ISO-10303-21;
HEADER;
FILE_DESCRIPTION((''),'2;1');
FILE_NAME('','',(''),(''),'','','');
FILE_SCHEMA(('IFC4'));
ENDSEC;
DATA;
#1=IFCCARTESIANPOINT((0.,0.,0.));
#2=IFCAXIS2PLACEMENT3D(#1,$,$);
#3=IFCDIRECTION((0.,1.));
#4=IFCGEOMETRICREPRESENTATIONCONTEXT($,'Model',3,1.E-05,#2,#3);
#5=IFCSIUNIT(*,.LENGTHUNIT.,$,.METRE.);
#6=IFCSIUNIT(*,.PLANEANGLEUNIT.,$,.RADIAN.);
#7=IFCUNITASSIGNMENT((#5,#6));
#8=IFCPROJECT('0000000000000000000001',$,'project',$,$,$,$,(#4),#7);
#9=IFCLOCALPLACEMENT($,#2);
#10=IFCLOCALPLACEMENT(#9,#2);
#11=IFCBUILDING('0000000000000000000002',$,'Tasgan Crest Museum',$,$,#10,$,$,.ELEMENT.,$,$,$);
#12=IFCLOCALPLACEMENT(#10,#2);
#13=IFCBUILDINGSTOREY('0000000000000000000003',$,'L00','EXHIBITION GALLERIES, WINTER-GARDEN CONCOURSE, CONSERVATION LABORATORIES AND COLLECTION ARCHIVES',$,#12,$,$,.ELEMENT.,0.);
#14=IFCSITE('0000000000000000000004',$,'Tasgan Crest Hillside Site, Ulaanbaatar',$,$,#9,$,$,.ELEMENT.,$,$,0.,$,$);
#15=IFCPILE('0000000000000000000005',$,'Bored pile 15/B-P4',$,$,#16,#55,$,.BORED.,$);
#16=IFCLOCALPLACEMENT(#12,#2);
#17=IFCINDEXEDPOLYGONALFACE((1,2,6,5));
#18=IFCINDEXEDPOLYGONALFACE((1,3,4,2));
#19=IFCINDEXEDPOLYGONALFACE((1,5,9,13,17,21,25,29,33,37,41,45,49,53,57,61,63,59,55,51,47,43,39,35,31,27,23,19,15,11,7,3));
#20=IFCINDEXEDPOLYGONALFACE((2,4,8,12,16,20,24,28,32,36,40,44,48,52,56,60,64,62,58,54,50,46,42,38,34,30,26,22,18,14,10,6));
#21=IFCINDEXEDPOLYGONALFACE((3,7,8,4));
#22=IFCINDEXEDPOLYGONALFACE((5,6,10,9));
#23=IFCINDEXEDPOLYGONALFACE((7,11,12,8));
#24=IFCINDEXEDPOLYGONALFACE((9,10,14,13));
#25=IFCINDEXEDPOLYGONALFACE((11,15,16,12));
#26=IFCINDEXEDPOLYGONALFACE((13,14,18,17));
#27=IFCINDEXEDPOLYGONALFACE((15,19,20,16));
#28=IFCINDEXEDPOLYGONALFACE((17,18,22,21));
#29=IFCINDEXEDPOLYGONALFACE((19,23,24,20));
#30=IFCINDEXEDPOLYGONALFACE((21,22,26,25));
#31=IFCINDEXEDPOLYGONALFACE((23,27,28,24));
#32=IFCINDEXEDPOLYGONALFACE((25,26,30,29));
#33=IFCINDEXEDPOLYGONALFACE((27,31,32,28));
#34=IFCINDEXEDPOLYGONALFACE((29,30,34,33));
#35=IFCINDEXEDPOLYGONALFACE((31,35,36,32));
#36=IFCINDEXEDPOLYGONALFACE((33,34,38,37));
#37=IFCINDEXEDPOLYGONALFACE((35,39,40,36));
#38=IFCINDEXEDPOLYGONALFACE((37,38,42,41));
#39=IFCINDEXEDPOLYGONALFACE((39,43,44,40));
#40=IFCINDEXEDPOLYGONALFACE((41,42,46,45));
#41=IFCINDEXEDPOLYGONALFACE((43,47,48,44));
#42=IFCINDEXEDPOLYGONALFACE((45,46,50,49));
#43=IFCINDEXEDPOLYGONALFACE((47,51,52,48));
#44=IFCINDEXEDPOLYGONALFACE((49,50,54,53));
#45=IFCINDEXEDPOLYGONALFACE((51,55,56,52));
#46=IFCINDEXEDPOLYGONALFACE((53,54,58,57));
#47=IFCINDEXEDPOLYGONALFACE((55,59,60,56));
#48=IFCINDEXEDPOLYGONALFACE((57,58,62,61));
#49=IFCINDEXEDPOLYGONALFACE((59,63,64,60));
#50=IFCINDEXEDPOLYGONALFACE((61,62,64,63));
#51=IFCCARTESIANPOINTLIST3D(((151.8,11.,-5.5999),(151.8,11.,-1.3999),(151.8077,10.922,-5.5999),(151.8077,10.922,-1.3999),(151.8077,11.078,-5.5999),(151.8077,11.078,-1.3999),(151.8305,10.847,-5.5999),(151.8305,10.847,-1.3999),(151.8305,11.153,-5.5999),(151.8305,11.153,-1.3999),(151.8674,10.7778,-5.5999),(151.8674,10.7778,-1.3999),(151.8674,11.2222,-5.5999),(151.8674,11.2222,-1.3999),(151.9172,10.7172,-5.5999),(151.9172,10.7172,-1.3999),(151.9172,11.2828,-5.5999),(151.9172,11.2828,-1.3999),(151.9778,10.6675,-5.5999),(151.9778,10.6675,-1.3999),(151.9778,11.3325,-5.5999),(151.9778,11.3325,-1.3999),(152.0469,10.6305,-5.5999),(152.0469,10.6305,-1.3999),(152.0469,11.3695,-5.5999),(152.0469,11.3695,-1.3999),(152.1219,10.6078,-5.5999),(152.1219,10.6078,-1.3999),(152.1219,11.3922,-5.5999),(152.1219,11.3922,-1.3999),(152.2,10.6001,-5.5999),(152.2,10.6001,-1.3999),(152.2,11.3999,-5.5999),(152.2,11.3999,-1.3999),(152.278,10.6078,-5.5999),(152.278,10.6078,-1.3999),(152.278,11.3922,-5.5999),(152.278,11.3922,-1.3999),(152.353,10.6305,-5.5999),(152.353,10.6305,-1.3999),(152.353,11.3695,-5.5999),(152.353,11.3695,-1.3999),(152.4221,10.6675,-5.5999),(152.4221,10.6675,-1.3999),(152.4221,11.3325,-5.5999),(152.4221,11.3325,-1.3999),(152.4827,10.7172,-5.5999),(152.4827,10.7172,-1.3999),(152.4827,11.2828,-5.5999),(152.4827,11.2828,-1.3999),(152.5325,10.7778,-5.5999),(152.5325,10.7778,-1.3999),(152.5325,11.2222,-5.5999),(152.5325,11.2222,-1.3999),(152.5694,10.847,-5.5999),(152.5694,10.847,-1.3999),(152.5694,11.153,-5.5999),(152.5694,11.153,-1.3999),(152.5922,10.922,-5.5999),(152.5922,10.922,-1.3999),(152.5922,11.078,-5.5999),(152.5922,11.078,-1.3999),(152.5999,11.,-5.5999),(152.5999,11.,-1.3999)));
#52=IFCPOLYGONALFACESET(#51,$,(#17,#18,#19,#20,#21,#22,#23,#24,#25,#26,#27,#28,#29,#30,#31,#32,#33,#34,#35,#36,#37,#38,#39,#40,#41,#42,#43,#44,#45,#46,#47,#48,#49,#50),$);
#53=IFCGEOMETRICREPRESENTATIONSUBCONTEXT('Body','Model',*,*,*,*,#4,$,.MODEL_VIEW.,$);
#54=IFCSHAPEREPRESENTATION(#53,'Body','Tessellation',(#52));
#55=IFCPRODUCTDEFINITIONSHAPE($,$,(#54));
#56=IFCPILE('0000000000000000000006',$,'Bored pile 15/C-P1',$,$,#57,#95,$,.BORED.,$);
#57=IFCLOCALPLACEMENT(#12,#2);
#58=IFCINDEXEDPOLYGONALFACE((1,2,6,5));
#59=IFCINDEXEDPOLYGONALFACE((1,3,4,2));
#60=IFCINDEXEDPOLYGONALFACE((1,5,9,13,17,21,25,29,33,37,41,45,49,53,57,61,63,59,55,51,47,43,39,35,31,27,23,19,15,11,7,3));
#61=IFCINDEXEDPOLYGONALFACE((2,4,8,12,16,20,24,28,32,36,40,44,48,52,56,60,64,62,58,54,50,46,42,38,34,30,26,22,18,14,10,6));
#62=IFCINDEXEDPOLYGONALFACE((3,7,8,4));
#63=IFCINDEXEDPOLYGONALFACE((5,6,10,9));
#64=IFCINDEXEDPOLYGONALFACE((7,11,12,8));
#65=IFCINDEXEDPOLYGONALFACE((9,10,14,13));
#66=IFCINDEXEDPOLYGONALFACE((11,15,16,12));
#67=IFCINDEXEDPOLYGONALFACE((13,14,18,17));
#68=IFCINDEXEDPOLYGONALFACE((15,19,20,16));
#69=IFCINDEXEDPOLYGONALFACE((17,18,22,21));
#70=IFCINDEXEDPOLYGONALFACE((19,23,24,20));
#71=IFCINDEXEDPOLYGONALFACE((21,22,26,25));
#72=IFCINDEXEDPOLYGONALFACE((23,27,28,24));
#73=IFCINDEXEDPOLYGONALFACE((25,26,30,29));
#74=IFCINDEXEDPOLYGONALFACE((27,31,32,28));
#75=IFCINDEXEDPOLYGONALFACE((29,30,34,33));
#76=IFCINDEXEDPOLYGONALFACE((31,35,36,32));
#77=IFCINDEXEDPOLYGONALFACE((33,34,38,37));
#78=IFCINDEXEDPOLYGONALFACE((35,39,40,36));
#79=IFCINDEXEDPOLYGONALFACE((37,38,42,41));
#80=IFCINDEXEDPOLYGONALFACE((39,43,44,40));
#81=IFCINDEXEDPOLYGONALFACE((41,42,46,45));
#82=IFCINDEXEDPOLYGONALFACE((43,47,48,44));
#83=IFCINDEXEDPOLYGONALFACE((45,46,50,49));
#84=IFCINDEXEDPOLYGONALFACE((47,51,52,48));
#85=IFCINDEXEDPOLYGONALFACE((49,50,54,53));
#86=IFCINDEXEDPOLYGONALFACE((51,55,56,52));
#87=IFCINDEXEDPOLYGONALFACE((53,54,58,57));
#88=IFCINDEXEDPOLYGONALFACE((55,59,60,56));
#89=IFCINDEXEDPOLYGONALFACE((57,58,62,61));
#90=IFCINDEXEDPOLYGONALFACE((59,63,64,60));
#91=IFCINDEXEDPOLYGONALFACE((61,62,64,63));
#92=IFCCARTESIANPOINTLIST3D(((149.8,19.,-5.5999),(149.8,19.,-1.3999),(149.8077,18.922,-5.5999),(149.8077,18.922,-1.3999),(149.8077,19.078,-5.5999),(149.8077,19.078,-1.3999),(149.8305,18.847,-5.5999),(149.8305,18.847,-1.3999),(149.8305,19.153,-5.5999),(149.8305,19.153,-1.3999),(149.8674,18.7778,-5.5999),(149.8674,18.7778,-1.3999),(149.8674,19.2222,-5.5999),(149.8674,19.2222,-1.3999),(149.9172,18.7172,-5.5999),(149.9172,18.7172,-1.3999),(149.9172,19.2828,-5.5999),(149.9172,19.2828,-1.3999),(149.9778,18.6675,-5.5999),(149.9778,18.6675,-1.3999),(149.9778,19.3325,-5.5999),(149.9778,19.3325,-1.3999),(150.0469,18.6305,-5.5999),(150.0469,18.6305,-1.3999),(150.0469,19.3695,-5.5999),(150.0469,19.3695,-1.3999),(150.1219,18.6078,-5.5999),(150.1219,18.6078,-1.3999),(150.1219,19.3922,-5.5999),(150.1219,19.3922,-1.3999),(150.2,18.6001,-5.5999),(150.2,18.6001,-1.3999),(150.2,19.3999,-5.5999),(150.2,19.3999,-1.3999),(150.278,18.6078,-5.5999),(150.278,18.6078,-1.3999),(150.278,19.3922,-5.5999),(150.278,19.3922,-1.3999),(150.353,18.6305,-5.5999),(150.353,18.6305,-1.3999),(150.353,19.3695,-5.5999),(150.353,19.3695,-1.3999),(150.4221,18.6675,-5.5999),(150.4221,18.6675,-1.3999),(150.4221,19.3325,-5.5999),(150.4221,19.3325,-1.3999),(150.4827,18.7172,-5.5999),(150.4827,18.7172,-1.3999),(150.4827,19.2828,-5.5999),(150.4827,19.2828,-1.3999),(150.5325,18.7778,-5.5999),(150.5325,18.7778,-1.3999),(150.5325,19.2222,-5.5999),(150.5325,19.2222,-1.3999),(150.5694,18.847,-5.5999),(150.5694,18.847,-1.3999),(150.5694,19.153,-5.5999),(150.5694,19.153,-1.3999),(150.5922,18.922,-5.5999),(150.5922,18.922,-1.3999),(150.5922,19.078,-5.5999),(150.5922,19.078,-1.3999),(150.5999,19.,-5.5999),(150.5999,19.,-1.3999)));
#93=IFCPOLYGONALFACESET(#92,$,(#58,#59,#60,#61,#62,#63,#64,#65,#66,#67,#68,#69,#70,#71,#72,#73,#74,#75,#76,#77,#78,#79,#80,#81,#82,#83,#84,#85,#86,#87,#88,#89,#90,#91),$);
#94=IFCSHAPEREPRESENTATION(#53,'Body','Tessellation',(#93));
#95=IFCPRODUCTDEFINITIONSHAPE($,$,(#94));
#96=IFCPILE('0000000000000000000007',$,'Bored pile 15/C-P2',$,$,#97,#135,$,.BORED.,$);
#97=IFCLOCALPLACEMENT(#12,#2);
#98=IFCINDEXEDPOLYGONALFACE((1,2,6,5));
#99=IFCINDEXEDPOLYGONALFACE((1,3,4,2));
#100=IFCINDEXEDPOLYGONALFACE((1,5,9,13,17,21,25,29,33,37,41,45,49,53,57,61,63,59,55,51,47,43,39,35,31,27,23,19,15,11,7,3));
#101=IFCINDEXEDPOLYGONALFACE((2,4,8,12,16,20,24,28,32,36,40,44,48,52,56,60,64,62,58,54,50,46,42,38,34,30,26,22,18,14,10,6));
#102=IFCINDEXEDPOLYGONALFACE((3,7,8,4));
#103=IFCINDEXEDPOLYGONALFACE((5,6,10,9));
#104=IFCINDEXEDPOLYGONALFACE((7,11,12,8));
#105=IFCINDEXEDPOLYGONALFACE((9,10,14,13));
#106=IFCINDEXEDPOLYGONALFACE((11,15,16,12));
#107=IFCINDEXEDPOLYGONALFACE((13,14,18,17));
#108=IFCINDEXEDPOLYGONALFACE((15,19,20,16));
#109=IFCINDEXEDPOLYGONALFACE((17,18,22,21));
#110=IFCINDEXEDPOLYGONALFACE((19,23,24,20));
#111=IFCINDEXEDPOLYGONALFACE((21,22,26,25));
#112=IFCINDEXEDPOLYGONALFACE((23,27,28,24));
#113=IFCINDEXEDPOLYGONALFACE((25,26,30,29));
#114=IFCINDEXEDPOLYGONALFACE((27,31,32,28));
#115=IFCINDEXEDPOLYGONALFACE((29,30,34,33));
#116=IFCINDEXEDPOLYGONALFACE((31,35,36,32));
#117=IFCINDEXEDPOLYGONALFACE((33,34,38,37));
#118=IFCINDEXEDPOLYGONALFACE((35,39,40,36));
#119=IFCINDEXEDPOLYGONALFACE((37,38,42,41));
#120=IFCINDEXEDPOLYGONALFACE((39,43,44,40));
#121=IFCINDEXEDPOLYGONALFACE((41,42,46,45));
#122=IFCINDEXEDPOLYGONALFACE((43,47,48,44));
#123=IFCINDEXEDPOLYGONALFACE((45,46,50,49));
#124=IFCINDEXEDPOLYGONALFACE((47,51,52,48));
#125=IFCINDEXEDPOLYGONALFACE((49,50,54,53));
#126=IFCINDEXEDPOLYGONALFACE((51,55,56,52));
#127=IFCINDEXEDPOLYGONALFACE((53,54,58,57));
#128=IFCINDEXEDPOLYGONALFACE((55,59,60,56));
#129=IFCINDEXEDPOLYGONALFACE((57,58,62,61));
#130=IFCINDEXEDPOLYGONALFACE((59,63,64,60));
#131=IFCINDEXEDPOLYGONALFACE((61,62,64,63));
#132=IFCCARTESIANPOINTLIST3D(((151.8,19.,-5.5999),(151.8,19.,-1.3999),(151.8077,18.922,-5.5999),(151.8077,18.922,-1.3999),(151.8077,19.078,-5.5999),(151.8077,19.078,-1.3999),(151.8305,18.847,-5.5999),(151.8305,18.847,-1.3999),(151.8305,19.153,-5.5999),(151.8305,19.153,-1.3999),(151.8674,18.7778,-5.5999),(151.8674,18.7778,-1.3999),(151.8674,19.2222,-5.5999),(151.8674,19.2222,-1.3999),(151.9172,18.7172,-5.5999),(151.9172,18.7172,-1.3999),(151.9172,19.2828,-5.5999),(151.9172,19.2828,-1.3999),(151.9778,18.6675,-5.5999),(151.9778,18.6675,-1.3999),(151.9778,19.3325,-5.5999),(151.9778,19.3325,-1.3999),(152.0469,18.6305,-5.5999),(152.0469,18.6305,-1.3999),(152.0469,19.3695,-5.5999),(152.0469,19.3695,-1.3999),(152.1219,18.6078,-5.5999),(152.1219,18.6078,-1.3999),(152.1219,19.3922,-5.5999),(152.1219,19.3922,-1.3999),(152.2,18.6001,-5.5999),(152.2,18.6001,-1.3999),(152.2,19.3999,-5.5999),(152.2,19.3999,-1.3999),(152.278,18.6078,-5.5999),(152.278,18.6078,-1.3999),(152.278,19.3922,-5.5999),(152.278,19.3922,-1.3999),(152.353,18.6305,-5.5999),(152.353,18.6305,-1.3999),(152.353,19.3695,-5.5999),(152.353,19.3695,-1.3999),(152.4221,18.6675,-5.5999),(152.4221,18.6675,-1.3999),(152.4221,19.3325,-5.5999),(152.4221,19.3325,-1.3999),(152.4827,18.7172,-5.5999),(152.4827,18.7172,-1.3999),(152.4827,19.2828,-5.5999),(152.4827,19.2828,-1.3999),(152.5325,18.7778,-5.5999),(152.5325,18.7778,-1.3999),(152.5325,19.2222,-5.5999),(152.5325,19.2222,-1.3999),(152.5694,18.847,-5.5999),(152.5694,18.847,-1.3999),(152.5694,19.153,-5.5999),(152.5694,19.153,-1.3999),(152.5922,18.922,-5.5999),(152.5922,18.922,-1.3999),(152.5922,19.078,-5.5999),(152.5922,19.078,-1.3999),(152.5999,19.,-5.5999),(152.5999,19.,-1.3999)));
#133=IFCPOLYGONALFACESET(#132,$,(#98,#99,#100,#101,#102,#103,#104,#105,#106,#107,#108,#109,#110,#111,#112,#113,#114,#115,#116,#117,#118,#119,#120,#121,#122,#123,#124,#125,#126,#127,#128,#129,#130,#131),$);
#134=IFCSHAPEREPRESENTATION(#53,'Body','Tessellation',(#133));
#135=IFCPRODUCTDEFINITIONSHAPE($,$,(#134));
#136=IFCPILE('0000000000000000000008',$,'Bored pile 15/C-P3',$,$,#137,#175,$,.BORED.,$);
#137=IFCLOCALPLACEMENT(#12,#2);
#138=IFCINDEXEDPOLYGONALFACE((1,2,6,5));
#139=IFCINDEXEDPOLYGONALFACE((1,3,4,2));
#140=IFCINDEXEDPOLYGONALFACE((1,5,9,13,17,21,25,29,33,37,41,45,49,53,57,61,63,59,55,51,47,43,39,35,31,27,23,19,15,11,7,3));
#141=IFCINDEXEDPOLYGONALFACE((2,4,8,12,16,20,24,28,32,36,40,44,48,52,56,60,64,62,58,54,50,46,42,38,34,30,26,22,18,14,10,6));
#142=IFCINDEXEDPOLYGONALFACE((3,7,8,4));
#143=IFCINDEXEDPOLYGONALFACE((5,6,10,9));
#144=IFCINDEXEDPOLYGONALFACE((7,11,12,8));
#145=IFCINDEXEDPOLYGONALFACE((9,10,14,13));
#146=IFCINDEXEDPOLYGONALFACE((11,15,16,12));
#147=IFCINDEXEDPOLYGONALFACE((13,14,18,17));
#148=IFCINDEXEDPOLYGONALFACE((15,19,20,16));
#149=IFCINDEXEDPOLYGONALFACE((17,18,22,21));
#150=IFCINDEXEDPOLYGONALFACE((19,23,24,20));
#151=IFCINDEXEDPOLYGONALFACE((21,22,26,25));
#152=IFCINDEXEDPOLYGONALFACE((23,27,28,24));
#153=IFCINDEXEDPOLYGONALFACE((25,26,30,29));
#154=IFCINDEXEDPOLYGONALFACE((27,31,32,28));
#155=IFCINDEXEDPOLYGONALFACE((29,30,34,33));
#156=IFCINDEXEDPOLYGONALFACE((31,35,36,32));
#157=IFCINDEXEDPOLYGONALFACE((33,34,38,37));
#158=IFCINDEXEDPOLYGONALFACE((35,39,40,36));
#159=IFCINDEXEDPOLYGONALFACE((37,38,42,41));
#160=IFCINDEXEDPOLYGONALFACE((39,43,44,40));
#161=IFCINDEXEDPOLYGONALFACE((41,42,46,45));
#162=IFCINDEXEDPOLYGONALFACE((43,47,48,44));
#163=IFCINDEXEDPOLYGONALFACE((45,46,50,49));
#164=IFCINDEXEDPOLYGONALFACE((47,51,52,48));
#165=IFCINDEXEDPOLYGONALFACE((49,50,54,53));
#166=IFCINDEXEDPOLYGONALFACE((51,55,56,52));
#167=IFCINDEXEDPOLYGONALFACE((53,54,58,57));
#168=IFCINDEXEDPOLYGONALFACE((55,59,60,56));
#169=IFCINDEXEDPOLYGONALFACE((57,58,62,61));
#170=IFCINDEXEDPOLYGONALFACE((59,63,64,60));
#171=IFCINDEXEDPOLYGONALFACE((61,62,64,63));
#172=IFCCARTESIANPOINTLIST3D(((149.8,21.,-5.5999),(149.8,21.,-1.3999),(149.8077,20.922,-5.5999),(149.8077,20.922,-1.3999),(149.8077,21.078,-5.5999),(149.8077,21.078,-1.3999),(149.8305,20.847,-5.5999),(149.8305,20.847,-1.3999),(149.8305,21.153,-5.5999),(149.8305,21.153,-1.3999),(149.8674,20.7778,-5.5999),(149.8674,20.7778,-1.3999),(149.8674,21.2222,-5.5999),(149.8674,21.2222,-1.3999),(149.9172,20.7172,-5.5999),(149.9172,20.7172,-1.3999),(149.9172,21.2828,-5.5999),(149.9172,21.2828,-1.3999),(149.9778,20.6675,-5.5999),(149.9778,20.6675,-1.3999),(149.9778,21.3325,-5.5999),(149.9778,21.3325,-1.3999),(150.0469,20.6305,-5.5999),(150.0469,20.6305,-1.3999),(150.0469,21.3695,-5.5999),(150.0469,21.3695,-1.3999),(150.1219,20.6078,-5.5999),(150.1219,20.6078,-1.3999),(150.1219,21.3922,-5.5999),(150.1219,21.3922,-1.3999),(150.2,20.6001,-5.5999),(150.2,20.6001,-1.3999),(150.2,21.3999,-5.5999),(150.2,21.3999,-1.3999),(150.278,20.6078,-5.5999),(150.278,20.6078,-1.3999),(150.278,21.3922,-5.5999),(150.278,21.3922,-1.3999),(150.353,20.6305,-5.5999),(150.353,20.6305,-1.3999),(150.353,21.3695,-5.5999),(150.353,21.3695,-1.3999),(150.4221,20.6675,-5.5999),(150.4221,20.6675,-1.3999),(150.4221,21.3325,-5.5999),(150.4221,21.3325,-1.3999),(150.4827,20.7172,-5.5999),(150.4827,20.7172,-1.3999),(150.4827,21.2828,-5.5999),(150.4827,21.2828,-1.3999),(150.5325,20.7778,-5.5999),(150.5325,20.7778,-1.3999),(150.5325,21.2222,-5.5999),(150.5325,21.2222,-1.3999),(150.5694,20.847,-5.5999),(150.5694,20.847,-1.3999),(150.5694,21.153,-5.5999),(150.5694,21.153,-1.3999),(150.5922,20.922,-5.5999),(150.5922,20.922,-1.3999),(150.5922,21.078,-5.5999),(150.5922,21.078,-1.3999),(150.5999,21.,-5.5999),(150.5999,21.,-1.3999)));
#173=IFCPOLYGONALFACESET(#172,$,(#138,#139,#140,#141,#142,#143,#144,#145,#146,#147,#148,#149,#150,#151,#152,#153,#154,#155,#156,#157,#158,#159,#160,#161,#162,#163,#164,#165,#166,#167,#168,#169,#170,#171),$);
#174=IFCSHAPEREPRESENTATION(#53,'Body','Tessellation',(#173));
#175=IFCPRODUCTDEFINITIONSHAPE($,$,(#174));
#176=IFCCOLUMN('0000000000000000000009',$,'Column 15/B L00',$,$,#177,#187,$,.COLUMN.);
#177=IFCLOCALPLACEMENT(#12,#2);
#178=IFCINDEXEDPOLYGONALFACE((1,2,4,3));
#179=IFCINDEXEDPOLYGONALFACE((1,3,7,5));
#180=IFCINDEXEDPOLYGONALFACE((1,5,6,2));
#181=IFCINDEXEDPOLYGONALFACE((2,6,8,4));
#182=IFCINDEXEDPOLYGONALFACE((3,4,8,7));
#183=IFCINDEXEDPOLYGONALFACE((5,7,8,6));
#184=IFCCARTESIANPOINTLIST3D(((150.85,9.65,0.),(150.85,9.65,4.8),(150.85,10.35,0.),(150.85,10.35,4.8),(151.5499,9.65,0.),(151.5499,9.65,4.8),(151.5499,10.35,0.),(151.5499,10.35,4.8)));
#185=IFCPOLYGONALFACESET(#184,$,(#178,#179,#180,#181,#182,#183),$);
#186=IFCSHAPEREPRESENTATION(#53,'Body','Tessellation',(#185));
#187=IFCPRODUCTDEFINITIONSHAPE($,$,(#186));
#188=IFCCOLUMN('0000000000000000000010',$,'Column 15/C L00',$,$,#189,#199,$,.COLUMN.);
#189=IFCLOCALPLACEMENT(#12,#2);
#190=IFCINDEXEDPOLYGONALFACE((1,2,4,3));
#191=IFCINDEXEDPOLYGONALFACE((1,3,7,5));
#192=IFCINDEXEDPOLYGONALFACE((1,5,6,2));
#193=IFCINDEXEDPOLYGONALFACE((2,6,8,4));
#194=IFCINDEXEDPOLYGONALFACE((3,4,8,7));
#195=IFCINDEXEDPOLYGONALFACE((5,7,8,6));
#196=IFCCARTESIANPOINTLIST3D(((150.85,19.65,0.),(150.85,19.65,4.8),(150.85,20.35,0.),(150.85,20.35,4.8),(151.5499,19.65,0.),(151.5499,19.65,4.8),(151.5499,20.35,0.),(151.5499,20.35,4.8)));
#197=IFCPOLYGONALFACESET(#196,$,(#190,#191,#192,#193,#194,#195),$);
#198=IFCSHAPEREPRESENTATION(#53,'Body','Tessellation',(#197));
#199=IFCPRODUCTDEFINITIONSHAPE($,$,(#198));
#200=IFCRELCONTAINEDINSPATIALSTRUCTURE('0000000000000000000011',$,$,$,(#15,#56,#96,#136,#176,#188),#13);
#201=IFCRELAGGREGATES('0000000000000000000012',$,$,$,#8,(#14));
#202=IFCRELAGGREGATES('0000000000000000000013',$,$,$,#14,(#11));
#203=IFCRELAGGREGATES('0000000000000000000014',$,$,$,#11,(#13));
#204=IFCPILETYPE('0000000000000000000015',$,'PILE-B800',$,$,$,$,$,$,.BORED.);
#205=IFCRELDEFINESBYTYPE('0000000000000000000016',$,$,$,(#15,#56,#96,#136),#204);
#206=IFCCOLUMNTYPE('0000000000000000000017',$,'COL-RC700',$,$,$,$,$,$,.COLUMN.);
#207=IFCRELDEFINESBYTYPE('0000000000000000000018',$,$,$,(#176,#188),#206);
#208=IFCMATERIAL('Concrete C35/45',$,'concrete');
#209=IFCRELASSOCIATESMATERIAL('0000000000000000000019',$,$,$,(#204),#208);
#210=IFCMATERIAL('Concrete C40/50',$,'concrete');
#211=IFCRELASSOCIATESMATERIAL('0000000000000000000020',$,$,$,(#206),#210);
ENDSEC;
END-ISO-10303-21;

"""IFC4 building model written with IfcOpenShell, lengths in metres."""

from ifc_helpers import new_model, si_unit, direction, frame, origin, origin_2d, place, context, subcontext, project, spatial, rectangle, circle, extrude, material, material_profile, profile_set, type_object, element, save


model = new_model("IFC4")

# Units and contexts
model_context = context("Model", 3, precision=1e-05, world=origin(), true_north=direction((0.0, 1.0)))
body_context = subcontext(model_context, "Body", "Model", "MODEL_VIEW")
ifc_project = project(units=[si_unit("LENGTHUNIT", "METRE"), si_unit("PLANEANGLEUNIT", "RADIAN")], contexts=[model_context])

# Site, building, storey
site_placement = place(None, origin())
site = spatial("IfcSite", under=ifc_project, at=site_placement, Name="Tasgan Crest Hillside Site, Ulaanbaatar", CompositionType="ELEMENT", RefElevation=0.0)
building_placement = place(site_placement, origin())
building = spatial("IfcBuilding", under=site, at=building_placement, Name="Tasgan Crest Museum", CompositionType="ELEMENT")
storey_placement = place(building_placement, origin())
storey = spatial("IfcBuildingStorey", under=building, at=storey_placement, Name="L00", Description="EXHIBITION GALLERIES, WINTER-GARDEN CONCOURSE, CONSERVATION LABORATORIES AND COLLECTION ARCHIVES", CompositionType="ELEMENT", Elevation=0.0)

# Piles
ifc_material_1 = material(Name="Concrete C35/45", Category="concrete")
ifc_material_profile_1 = material_profile(ifc_material_1, circle(Radius=0.3999, at=origin_2d()), Name="PILE D800")
ifc_profile_set_1 = profile_set([ifc_material_profile_1], Name="Concrete C35/45")
pile_type = type_object("IfcPileType", Name="PILE-B800", PredefinedType="BORED", material=ifc_profile_set_1)
for number, where, z_axis, x_axis, name in (
    (1, (152.2, 11.0, -1.3999), (0.0, 0.0, -1.0), (1.0, 0.0, 0.0), "Bored pile 15/B-P4"),
    (2, (150.2, 19.0, -1.3999), (0.0, 0.0, -1.0), (1.0, 0.0, 0.0), "Bored pile 15/C-P1"),
    (3, (152.2, 19.0, -1.3999), (0.0, 0.0, -1.0), (1.0, 0.0, 0.0), "Bored pile 15/C-P2"),
    (4, (150.2, 21.0, -1.3999), (0.0, 0.0, -1.0), (1.0, 0.0, 0.0), "Bored pile 15/C-P3"),
):
    element("IfcPile", number, at=place(storey_placement, frame(where, z_axis=z_axis, x_axis=x_axis)), inside=storey, type_object=pile_type, Name=name, PredefinedType="BORED", context=body_context, shape_type="SweptSolid", body=[
        extrude(circle(Radius=0.3999, at=origin_2d()), origin(), (0.0, 0.0, 1.0), 4.2),
    ])

# Columns
ifc_material_2 = material(Name="Concrete C40/50", Category="concrete")
ifc_material_profile_2 = material_profile(ifc_material_2, rectangle(XDim=0.7, YDim=0.7, at=origin_2d()), Name="RC 700x700")
ifc_profile_set_2 = profile_set([ifc_material_profile_2], Name="Concrete C40/50")
column_type = type_object("IfcColumnType", Name="COL-RC700", PredefinedType="COLUMN", material=ifc_profile_set_2)
for number, where, z_axis, x_axis, name in (
    (5, (151.2, 10.0, 0.0), (0.0, 0.0, 1.0), (1.0, 0.0, 0.0), "Column 15/B L00"),
    (6, (151.2, 20.0, 0.0), (0.0, 0.0, 1.0), (1.0, 0.0, 0.0), "Column 15/C L00"),
):
    element("IfcColumn", number, at=place(storey_placement, frame(where, z_axis=z_axis, x_axis=x_axis)), inside=storey, type_object=column_type, Name=name, PredefinedType="COLUMN", context=body_context, shape_type="SweptSolid", body=[
        extrude(rectangle(XDim=0.7, YDim=0.7, at=origin_2d()), origin(), (0.0, 0.0, 1.0), 4.8),
    ])

save(model, "model.ifc")
